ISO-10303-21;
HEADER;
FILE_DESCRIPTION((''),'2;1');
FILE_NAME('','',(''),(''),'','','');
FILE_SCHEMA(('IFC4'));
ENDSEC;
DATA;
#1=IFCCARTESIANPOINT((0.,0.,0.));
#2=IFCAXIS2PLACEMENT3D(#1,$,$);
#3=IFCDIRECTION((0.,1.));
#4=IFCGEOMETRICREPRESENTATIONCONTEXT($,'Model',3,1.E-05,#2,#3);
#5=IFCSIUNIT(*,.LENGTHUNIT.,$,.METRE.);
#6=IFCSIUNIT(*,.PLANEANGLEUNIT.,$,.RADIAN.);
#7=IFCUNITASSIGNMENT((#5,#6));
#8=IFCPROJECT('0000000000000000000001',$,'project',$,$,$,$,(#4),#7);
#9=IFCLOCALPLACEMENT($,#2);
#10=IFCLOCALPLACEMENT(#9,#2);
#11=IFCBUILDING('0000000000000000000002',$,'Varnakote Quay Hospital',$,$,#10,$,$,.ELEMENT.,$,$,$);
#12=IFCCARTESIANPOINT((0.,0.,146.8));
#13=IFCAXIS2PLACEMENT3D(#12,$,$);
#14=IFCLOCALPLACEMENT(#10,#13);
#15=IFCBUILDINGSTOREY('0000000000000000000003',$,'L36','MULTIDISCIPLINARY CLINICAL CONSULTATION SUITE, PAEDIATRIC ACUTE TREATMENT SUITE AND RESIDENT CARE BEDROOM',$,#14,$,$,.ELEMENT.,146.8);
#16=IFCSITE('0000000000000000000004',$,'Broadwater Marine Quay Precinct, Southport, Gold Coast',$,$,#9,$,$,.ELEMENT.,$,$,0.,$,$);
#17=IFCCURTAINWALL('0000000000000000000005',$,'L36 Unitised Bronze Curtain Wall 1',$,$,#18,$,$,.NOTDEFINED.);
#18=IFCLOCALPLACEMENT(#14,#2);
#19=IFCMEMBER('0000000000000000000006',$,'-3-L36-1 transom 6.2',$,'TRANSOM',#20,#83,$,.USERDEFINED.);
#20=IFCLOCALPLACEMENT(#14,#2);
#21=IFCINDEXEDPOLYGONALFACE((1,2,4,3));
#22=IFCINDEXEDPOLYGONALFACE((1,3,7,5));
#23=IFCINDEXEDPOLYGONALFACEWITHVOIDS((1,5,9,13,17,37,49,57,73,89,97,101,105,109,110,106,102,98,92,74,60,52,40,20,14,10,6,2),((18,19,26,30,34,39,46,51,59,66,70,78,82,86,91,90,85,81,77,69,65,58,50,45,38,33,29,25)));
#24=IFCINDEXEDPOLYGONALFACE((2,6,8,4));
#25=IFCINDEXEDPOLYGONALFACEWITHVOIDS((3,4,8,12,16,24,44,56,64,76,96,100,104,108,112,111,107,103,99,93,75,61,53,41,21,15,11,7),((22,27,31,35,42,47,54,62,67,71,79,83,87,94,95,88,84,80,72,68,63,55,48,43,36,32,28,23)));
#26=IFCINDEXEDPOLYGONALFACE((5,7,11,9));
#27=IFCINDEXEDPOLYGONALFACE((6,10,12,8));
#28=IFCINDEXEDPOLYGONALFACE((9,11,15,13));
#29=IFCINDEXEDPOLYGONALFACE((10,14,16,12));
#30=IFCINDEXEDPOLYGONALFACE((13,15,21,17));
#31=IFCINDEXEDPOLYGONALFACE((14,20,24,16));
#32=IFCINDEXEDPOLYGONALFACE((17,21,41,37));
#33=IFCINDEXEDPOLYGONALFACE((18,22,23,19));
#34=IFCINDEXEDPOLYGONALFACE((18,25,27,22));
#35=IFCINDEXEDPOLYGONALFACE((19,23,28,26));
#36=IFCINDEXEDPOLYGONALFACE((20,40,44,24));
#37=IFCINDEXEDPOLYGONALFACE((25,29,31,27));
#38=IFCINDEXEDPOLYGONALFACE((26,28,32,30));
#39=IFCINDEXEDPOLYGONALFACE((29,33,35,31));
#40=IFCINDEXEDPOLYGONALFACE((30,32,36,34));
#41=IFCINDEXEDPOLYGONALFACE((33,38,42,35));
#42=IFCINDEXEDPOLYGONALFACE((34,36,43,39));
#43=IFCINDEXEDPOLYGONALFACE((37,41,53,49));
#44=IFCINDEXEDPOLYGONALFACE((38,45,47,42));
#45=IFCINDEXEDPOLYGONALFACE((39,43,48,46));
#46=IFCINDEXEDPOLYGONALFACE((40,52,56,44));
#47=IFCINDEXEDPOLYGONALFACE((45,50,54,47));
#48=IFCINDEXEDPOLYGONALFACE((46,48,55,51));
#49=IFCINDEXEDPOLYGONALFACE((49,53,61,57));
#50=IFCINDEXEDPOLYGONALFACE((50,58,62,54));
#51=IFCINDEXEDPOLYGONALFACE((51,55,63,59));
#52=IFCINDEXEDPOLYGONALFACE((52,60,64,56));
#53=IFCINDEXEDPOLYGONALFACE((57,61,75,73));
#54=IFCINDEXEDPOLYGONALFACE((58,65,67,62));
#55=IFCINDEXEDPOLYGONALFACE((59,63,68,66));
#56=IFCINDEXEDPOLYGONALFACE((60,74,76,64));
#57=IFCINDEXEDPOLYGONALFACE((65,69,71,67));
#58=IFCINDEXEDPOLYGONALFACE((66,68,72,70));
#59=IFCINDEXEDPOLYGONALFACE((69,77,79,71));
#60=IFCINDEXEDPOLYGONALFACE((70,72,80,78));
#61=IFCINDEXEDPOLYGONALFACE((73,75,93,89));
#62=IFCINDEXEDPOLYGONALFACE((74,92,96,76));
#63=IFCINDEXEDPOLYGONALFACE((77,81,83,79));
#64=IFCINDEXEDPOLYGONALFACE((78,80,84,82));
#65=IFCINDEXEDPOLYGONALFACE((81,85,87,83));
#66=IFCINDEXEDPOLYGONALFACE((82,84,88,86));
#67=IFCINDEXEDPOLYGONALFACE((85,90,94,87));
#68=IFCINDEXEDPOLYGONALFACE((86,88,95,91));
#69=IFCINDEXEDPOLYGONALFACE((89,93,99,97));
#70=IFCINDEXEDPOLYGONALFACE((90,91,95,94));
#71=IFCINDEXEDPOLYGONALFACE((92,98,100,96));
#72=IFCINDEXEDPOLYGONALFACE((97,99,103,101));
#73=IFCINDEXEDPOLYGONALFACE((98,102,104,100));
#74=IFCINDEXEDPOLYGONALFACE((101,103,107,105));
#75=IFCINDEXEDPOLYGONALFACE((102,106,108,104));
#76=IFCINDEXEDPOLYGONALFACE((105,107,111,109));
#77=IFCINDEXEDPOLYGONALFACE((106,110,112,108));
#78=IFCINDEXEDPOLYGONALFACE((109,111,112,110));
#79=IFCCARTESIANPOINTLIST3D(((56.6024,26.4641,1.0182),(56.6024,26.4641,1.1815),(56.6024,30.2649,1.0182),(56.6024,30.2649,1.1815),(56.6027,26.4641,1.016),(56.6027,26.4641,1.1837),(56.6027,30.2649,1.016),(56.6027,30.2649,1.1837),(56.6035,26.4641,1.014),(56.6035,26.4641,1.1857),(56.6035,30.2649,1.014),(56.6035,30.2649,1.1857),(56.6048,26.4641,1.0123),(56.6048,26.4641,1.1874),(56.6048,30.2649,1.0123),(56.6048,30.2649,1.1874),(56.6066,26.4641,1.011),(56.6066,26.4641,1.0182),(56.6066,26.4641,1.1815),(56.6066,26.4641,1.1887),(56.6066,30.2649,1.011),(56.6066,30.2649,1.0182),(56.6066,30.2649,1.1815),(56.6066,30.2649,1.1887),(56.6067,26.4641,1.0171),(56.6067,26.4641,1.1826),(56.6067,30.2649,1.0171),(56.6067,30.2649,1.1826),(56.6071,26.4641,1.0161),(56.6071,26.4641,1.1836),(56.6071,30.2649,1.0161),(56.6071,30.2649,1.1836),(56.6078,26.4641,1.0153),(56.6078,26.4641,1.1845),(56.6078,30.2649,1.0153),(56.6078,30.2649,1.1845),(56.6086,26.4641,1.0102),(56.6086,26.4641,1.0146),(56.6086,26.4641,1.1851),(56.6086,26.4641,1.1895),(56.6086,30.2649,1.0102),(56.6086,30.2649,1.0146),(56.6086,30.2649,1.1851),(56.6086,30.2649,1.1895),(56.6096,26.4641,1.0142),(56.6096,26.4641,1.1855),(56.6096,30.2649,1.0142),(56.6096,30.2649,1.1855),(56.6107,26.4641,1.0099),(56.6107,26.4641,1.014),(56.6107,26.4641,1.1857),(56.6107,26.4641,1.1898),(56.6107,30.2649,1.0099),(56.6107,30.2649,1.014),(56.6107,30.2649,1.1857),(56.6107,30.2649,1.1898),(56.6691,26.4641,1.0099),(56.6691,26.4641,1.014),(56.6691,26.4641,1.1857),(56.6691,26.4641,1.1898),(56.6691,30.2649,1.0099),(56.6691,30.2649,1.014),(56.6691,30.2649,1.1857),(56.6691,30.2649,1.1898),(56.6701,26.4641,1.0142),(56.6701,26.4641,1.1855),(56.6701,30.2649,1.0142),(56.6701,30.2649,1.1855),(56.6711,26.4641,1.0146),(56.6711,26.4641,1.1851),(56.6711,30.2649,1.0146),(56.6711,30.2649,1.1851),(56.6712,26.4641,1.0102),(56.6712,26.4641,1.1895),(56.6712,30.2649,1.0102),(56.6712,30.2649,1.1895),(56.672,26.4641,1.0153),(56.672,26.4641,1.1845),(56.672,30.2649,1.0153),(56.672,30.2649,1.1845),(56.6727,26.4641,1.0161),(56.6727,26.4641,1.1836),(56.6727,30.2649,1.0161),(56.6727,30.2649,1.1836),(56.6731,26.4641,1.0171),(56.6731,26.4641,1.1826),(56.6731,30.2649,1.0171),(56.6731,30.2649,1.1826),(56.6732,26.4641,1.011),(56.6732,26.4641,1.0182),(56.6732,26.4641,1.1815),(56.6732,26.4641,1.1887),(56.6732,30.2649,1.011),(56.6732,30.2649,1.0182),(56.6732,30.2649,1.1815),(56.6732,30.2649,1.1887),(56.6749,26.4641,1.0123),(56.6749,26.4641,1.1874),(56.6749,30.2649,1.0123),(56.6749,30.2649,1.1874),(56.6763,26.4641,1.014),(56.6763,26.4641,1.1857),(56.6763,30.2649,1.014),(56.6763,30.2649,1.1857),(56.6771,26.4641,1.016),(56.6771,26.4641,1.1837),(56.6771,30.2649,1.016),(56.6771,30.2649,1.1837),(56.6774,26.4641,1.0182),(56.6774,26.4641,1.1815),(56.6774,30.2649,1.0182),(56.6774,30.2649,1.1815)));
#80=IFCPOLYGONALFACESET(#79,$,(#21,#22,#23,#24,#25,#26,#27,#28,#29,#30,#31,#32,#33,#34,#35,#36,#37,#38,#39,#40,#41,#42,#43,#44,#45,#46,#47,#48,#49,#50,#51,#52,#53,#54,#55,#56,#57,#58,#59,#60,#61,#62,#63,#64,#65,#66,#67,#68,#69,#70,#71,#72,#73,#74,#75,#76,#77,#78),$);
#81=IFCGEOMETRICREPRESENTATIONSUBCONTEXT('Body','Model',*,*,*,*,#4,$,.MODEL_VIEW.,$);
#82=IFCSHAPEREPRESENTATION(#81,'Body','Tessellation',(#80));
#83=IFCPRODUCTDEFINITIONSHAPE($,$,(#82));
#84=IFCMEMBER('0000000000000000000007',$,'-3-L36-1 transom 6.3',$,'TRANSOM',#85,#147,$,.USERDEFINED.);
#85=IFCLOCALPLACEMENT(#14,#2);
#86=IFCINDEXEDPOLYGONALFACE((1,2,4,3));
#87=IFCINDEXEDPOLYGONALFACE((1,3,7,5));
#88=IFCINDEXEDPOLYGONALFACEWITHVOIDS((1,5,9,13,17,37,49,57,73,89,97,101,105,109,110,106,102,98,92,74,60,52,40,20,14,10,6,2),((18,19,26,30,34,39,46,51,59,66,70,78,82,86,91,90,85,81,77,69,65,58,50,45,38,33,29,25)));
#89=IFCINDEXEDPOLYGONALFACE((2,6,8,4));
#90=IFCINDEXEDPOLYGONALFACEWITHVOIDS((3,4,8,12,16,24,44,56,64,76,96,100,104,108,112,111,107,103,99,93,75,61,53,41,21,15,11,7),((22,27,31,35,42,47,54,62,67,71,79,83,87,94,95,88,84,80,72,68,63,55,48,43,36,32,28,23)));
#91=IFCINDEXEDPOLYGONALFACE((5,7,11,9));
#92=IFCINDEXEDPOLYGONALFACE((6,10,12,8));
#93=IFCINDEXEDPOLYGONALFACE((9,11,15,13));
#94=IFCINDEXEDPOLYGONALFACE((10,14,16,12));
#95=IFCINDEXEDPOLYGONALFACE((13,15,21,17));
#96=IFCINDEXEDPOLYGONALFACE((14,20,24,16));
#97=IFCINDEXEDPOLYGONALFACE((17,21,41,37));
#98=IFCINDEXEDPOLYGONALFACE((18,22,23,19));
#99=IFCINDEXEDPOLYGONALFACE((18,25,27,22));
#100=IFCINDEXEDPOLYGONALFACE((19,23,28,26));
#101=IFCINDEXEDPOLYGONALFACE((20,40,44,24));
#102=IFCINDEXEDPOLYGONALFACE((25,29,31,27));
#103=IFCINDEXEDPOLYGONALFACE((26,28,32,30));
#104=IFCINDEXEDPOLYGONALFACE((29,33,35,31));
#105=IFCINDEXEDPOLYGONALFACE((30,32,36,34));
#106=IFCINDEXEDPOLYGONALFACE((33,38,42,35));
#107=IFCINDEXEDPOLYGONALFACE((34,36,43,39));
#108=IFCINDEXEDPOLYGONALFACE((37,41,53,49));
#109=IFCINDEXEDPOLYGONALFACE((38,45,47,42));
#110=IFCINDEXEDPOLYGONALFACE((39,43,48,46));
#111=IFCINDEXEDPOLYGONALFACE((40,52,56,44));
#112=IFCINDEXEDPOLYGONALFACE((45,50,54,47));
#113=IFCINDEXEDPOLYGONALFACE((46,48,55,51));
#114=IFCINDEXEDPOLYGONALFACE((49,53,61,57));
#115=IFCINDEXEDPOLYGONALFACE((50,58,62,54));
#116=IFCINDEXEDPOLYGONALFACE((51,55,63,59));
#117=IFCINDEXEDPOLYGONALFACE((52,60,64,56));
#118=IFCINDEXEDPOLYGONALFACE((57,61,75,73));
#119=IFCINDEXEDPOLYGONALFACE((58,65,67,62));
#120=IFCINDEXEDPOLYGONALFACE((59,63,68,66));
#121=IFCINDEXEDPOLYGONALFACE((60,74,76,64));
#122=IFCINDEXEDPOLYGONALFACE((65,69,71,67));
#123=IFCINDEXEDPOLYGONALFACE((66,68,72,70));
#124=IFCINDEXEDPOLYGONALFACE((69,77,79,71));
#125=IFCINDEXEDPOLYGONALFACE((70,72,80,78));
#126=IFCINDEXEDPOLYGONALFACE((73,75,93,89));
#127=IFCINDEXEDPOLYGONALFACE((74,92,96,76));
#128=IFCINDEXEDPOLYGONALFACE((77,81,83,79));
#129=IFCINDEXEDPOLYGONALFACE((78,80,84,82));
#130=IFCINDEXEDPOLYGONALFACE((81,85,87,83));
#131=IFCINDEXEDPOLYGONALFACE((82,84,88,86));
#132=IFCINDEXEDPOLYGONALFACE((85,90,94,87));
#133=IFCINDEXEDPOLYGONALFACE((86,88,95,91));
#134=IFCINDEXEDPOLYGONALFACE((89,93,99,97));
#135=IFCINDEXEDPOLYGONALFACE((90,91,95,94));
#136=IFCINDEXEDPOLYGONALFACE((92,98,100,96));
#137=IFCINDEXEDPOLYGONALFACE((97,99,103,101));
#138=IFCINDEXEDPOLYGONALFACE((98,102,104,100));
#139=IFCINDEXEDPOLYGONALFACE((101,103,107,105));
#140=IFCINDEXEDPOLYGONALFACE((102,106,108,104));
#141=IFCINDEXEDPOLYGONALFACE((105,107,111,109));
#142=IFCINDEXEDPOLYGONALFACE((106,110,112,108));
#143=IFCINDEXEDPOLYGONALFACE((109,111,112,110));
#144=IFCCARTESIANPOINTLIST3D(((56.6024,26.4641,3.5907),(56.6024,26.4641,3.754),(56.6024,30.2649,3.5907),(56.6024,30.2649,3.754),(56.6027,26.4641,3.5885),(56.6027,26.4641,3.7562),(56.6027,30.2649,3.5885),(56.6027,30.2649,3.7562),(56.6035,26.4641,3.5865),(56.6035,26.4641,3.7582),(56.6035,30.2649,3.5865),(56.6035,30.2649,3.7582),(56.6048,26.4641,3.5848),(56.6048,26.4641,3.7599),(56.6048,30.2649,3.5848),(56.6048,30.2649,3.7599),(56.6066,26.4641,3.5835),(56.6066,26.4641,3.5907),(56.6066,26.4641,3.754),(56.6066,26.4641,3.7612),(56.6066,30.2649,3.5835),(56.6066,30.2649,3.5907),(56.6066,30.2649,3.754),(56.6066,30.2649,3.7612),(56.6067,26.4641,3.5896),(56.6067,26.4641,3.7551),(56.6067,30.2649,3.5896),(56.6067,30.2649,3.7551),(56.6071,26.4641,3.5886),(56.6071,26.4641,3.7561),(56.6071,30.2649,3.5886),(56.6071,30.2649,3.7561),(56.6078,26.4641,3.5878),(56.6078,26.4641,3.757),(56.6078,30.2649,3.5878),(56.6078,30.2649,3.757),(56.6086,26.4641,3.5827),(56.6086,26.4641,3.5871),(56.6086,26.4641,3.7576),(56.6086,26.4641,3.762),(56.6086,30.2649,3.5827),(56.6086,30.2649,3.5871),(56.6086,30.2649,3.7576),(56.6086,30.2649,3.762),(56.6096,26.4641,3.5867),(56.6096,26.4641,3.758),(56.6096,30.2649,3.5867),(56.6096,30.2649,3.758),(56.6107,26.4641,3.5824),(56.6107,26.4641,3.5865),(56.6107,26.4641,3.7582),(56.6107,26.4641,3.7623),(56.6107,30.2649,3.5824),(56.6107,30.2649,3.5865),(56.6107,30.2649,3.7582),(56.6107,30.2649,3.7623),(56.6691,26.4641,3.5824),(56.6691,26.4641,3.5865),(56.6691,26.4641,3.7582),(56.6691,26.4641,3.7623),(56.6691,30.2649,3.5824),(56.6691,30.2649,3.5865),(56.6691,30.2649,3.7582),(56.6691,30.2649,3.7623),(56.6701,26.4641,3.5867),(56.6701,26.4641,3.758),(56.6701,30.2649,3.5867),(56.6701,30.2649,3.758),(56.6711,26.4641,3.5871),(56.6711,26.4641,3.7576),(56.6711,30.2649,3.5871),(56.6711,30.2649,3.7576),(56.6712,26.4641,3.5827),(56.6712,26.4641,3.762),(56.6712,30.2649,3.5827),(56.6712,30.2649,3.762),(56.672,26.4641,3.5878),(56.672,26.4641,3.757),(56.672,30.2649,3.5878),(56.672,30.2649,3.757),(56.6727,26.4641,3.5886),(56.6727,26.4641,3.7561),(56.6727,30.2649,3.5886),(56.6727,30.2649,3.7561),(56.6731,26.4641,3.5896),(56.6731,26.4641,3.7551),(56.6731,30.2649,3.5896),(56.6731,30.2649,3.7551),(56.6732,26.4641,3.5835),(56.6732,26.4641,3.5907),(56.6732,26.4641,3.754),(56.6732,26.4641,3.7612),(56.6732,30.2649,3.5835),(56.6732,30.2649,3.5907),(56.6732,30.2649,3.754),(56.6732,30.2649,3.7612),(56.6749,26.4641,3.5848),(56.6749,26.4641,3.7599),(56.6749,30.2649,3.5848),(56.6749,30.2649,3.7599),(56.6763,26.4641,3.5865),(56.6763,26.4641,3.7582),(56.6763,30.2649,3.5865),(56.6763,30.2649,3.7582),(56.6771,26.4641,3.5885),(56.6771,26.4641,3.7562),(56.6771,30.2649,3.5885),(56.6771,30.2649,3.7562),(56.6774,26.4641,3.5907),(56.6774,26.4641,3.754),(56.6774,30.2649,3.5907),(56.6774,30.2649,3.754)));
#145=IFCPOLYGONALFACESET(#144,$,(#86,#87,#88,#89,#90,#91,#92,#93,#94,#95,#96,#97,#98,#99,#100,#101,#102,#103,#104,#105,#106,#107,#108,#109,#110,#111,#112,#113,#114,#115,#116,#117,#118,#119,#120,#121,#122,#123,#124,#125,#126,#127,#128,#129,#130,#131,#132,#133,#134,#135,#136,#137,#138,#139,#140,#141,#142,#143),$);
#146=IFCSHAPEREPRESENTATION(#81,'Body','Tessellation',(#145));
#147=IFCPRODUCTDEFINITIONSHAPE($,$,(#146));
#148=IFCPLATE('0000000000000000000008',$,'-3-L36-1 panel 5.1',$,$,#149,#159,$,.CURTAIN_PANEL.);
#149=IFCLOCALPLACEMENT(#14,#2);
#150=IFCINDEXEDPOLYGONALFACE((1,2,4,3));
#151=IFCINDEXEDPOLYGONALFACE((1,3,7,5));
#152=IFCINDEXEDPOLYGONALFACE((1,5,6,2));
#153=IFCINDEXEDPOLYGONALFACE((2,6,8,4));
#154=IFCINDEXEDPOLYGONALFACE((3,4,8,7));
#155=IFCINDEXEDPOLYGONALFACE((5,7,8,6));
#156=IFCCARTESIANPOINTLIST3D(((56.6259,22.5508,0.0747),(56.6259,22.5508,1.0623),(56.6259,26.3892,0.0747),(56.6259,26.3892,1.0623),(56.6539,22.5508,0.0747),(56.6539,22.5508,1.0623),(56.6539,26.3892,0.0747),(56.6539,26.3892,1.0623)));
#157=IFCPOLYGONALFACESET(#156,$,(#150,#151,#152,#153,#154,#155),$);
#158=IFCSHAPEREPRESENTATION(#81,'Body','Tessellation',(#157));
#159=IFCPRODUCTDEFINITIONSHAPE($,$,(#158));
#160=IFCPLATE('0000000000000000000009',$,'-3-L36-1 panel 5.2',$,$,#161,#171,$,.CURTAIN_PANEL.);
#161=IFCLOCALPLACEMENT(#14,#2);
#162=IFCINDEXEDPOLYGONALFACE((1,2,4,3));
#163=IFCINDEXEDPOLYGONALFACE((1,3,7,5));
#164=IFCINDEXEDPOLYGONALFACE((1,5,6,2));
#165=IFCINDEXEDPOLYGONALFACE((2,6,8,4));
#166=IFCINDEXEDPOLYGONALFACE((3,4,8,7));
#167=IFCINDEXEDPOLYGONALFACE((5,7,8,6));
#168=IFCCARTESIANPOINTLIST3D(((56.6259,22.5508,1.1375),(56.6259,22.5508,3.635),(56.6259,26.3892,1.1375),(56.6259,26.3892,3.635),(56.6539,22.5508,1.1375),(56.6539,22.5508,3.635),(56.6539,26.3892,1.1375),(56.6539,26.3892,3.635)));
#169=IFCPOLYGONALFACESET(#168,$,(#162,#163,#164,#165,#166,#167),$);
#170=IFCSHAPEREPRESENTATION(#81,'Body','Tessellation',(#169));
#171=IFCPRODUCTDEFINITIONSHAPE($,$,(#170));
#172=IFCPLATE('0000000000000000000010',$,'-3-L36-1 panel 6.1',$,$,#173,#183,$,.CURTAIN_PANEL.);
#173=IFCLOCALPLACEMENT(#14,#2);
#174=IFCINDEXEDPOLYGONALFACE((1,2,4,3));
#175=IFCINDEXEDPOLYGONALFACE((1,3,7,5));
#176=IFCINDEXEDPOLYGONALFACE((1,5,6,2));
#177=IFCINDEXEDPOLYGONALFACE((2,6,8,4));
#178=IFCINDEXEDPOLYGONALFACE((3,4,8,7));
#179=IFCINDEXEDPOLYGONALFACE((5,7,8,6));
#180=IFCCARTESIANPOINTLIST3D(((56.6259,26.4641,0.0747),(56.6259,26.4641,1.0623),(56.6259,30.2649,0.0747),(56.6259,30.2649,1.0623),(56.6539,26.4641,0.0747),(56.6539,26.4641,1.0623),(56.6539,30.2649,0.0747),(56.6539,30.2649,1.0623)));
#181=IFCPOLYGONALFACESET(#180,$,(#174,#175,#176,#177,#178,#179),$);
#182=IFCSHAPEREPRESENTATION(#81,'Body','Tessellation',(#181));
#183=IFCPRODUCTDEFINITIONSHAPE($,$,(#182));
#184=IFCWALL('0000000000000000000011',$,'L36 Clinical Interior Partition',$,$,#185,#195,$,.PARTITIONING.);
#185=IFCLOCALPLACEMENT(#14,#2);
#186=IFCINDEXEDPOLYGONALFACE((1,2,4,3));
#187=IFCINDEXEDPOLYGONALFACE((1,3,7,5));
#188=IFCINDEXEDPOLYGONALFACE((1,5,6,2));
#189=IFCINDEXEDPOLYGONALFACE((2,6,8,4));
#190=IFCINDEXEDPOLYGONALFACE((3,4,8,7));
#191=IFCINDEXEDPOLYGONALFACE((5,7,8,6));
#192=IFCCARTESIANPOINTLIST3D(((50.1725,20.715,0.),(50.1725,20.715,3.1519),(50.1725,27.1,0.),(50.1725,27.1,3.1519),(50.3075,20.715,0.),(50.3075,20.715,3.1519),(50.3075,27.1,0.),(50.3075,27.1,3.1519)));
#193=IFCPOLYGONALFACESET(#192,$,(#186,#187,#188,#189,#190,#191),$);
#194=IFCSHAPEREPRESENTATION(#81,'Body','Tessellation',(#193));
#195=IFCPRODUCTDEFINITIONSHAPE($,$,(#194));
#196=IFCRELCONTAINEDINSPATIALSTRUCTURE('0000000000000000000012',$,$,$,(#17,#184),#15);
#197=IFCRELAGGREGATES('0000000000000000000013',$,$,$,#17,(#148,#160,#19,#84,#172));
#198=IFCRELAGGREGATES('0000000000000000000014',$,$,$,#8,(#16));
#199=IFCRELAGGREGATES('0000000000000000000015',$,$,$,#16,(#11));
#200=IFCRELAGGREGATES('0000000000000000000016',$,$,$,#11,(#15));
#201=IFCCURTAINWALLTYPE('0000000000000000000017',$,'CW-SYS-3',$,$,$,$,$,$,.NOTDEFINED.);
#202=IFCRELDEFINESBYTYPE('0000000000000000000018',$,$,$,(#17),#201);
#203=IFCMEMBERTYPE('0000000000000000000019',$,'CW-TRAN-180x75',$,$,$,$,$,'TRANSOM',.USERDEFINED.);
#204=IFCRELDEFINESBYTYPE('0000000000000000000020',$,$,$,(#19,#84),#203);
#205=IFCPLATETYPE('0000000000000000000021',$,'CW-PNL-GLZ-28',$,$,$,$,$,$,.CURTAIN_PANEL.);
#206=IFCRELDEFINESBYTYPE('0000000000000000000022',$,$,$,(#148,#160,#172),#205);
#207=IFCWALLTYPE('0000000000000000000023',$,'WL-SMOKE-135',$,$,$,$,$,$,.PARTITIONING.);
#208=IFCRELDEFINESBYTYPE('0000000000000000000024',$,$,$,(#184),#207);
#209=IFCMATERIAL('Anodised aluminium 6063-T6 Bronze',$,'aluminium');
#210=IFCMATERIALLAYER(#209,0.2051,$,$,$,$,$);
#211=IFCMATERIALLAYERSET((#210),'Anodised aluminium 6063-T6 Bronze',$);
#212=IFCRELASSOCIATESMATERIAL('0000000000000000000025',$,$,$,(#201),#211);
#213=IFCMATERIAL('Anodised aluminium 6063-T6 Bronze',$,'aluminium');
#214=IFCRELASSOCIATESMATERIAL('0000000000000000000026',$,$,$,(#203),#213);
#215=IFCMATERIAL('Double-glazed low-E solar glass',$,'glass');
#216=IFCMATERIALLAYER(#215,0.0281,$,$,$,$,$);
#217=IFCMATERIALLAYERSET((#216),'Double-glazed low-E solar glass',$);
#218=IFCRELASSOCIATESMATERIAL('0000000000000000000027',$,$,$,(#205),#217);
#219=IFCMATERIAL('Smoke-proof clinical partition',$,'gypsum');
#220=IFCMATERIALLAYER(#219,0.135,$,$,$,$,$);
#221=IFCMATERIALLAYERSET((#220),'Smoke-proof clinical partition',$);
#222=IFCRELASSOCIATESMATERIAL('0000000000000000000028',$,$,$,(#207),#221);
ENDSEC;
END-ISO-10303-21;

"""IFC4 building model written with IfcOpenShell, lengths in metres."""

from ifc_helpers import new_model, si_unit, direction, frame, frame_2d, origin, origin_2d, place, context, subcontext, project, spatial, rectangle, hollow_rectangle, extrude, material, layer, layer_set, material_profile, profile_set, type_object, element, aggregate, save


model = new_model("IFC4")

# Units and contexts
model_context = context("Model", 3, precision=1e-05, world=origin(), true_north=direction((0.0, 1.0)))
body_context = subcontext(model_context, "Body", "Model", "MODEL_VIEW")
ifc_project = project(units=[si_unit("LENGTHUNIT", "METRE"), si_unit("PLANEANGLEUNIT", "RADIAN")], contexts=[model_context])

# Site, building, storey
site_placement = place(None, origin())
site = spatial("IfcSite", under=ifc_project, at=site_placement, Name="Broadwater Marine Quay Precinct, Southport, Gold Coast", CompositionType="ELEMENT", RefElevation=0.0)
building_placement = place(site_placement, origin())
building = spatial("IfcBuilding", under=site, at=building_placement, Name="Varnakote Quay Hospital", CompositionType="ELEMENT")
storey_placement = place(building_placement, frame((0.0, 0.0, 146.8)))
storey = spatial("IfcBuildingStorey", under=building, at=storey_placement, Name="L36", Description="MULTIDISCIPLINARY CLINICAL CONSULTATION SUITE, PAEDIATRIC ACUTE TREATMENT SUITE AND RESIDENT CARE BEDROOM", CompositionType="ELEMENT", Elevation=146.8)

# Curtain wall, members, plates
ifc_material_1 = material(Name="Anodised aluminium 6063-T6 Bronze", Category="aluminium")
ifc_layer_1 = layer(ifc_material_1, 0.2051)
ifc_layer_set_1 = layer_set([ifc_layer_1], Name="Anodised aluminium 6063-T6 Bronze")
curtain_wall_type = type_object("IfcCurtainWallType", Name="CW-SYS-3", PredefinedType="NOTDEFINED", material=ifc_layer_set_1)
curtain_wall_placement = place(storey_placement, origin())
curtain_wall = element("IfcCurtainWall", 1, at=curtain_wall_placement, inside=storey, type_object=curtain_wall_type, Name="L36 Unitised Bronze Curtain Wall 1", PredefinedType="NOTDEFINED")
ifc_material_2 = material(Name="Anodised aluminium 6063-T6 Bronze", Category="aluminium")
ifc_material_profile_1 = material_profile(ifc_material_2, hollow_rectangle(XDim=0.075, YDim=0.1799, WallThickness=0.0042, InnerFilletRadius=0.0042, OuterFilletRadius=0.0083, at=origin_2d()), Name="CW-TRAN-180x75")
ifc_profile_set_1 = profile_set([ifc_material_profile_1], Name="Anodised aluminium 6063-T6 Bronze")
member_type_1 = type_object("IfcMemberType", Name="CW-TRAN-180x75", ElementType="TRANSOM", PredefinedType="USERDEFINED", material=ifc_profile_set_1)
member_1_placement = place(storey_placement, frame((56.6399, 26.4641, 1.0999), z_axis=(0.0, 1.0, 0.0), x_axis=(-1.0, 0.0, 0.0)))
member_1 = element("IfcMember", 2, at=member_1_placement, type_object=member_type_1, Name="-3-L36-1 transom 6.2", ObjectType="TRANSOM", PredefinedType="USERDEFINED", context=body_context, shape_type="SweptSolid", body=[
    extrude(hollow_rectangle(XDim=0.075, YDim=0.1799, WallThickness=0.0042, InnerFilletRadius=0.0042, OuterFilletRadius=0.0083, at=origin_2d()), origin(), (0.0, 0.0, 1.0), 3.8008),
])
member_2_placement = place(storey_placement, frame((56.6399, 26.4641, 3.6724), z_axis=(0.0, 1.0, 0.0), x_axis=(-1.0, 0.0, 0.0)))
member_2 = element("IfcMember", 3, at=member_2_placement, type_object=member_type_1, Name="-3-L36-1 transom 6.3", ObjectType="TRANSOM", PredefinedType="USERDEFINED", context=body_context, shape_type="SweptSolid", body=[
    extrude(hollow_rectangle(XDim=0.075, YDim=0.1799, WallThickness=0.0042, InnerFilletRadius=0.0042, OuterFilletRadius=0.0083, at=origin_2d()), origin(), (0.0, 0.0, 1.0), 3.8008),
])
ifc_material_3 = material(Name="Double-glazed low-E solar glass", Category="glass")
ifc_layer_2 = layer(ifc_material_3, 0.0281)
ifc_layer_set_2 = layer_set([ifc_layer_2], Name="Double-glazed low-E solar glass")
plate_type = type_object("IfcPlateType", Name="CW-PNL-GLZ-28", PredefinedType="CURTAIN_PANEL", material=ifc_layer_set_2)
plate_1_placement = place(storey_placement, frame((56.6399, 24.47, 0.0747), z_axis=(0.0, 0.0, 1.0), x_axis=(0.0, 1.0, 0.0)))
plate_1 = element("IfcPlate", 4, at=plate_1_placement, type_object=plate_type, Name="-3-L36-1 panel 5.1", PredefinedType="CURTAIN_PANEL", context=body_context, shape_type="SweptSolid", body=[
    extrude(rectangle(XDim=3.8384, YDim=0.0281, at=origin_2d()), origin(), (0.0, 0.0, 1.0), 0.9875),
])
plate_2_placement = place(storey_placement, frame((56.6399, 24.47, 1.1375), z_axis=(0.0, 0.0, 1.0), x_axis=(0.0, 1.0, 0.0)))
plate_2 = element("IfcPlate", 5, at=plate_2_placement, type_object=plate_type, Name="-3-L36-1 panel 5.2", PredefinedType="CURTAIN_PANEL", context=body_context, shape_type="SweptSolid", body=[
    extrude(rectangle(XDim=3.8384, YDim=0.0281, at=origin_2d()), origin(), (0.0, 0.0, 1.0), 2.4976),
])
plate_3_placement = place(storey_placement, frame((56.6399, 28.3645, 0.0747), z_axis=(0.0, 0.0, 1.0), x_axis=(0.0, 1.0, 0.0)))
plate_3 = element("IfcPlate", 6, at=plate_3_placement, type_object=plate_type, Name="-3-L36-1 panel 6.1", PredefinedType="CURTAIN_PANEL", context=body_context, shape_type="SweptSolid", body=[
    extrude(rectangle(XDim=3.8008, YDim=0.0281, at=origin_2d()), origin(), (0.0, 0.0, 1.0), 0.9875),
])
aggregate(curtain_wall, [plate_1, plate_2, member_1, member_2, plate_3])

# Wall
ifc_material_4 = material(Name="Smoke-proof clinical partition", Category="gypsum")
ifc_layer_3 = layer(ifc_material_4, 0.135)
ifc_layer_set_3 = layer_set([ifc_layer_3], Name="Smoke-proof clinical partition")
wall_type_1 = type_object("IfcWallType", Name="WL-SMOKE-135", PredefinedType="PARTITIONING", material=ifc_layer_set_3)
wall_1_placement = place(storey_placement, frame((50.24, 20.7151, 0.0), z_axis=(0.0, 0.0, 1.0), x_axis=(0.0, 1.0, 0.0)))
element("IfcWall", 7, at=wall_1_placement, inside=storey, type_object=wall_type_1, Name="L36 Clinical Interior Partition", PredefinedType="PARTITIONING", context=body_context, shape_type="SweptSolid", body=[
    extrude(rectangle(XDim=6.385, YDim=0.135, at=frame_2d((3.1924, 0.0))), origin(), (0.0, 0.0, 1.0), 3.1519),
])

save(model, "model.ifc")
